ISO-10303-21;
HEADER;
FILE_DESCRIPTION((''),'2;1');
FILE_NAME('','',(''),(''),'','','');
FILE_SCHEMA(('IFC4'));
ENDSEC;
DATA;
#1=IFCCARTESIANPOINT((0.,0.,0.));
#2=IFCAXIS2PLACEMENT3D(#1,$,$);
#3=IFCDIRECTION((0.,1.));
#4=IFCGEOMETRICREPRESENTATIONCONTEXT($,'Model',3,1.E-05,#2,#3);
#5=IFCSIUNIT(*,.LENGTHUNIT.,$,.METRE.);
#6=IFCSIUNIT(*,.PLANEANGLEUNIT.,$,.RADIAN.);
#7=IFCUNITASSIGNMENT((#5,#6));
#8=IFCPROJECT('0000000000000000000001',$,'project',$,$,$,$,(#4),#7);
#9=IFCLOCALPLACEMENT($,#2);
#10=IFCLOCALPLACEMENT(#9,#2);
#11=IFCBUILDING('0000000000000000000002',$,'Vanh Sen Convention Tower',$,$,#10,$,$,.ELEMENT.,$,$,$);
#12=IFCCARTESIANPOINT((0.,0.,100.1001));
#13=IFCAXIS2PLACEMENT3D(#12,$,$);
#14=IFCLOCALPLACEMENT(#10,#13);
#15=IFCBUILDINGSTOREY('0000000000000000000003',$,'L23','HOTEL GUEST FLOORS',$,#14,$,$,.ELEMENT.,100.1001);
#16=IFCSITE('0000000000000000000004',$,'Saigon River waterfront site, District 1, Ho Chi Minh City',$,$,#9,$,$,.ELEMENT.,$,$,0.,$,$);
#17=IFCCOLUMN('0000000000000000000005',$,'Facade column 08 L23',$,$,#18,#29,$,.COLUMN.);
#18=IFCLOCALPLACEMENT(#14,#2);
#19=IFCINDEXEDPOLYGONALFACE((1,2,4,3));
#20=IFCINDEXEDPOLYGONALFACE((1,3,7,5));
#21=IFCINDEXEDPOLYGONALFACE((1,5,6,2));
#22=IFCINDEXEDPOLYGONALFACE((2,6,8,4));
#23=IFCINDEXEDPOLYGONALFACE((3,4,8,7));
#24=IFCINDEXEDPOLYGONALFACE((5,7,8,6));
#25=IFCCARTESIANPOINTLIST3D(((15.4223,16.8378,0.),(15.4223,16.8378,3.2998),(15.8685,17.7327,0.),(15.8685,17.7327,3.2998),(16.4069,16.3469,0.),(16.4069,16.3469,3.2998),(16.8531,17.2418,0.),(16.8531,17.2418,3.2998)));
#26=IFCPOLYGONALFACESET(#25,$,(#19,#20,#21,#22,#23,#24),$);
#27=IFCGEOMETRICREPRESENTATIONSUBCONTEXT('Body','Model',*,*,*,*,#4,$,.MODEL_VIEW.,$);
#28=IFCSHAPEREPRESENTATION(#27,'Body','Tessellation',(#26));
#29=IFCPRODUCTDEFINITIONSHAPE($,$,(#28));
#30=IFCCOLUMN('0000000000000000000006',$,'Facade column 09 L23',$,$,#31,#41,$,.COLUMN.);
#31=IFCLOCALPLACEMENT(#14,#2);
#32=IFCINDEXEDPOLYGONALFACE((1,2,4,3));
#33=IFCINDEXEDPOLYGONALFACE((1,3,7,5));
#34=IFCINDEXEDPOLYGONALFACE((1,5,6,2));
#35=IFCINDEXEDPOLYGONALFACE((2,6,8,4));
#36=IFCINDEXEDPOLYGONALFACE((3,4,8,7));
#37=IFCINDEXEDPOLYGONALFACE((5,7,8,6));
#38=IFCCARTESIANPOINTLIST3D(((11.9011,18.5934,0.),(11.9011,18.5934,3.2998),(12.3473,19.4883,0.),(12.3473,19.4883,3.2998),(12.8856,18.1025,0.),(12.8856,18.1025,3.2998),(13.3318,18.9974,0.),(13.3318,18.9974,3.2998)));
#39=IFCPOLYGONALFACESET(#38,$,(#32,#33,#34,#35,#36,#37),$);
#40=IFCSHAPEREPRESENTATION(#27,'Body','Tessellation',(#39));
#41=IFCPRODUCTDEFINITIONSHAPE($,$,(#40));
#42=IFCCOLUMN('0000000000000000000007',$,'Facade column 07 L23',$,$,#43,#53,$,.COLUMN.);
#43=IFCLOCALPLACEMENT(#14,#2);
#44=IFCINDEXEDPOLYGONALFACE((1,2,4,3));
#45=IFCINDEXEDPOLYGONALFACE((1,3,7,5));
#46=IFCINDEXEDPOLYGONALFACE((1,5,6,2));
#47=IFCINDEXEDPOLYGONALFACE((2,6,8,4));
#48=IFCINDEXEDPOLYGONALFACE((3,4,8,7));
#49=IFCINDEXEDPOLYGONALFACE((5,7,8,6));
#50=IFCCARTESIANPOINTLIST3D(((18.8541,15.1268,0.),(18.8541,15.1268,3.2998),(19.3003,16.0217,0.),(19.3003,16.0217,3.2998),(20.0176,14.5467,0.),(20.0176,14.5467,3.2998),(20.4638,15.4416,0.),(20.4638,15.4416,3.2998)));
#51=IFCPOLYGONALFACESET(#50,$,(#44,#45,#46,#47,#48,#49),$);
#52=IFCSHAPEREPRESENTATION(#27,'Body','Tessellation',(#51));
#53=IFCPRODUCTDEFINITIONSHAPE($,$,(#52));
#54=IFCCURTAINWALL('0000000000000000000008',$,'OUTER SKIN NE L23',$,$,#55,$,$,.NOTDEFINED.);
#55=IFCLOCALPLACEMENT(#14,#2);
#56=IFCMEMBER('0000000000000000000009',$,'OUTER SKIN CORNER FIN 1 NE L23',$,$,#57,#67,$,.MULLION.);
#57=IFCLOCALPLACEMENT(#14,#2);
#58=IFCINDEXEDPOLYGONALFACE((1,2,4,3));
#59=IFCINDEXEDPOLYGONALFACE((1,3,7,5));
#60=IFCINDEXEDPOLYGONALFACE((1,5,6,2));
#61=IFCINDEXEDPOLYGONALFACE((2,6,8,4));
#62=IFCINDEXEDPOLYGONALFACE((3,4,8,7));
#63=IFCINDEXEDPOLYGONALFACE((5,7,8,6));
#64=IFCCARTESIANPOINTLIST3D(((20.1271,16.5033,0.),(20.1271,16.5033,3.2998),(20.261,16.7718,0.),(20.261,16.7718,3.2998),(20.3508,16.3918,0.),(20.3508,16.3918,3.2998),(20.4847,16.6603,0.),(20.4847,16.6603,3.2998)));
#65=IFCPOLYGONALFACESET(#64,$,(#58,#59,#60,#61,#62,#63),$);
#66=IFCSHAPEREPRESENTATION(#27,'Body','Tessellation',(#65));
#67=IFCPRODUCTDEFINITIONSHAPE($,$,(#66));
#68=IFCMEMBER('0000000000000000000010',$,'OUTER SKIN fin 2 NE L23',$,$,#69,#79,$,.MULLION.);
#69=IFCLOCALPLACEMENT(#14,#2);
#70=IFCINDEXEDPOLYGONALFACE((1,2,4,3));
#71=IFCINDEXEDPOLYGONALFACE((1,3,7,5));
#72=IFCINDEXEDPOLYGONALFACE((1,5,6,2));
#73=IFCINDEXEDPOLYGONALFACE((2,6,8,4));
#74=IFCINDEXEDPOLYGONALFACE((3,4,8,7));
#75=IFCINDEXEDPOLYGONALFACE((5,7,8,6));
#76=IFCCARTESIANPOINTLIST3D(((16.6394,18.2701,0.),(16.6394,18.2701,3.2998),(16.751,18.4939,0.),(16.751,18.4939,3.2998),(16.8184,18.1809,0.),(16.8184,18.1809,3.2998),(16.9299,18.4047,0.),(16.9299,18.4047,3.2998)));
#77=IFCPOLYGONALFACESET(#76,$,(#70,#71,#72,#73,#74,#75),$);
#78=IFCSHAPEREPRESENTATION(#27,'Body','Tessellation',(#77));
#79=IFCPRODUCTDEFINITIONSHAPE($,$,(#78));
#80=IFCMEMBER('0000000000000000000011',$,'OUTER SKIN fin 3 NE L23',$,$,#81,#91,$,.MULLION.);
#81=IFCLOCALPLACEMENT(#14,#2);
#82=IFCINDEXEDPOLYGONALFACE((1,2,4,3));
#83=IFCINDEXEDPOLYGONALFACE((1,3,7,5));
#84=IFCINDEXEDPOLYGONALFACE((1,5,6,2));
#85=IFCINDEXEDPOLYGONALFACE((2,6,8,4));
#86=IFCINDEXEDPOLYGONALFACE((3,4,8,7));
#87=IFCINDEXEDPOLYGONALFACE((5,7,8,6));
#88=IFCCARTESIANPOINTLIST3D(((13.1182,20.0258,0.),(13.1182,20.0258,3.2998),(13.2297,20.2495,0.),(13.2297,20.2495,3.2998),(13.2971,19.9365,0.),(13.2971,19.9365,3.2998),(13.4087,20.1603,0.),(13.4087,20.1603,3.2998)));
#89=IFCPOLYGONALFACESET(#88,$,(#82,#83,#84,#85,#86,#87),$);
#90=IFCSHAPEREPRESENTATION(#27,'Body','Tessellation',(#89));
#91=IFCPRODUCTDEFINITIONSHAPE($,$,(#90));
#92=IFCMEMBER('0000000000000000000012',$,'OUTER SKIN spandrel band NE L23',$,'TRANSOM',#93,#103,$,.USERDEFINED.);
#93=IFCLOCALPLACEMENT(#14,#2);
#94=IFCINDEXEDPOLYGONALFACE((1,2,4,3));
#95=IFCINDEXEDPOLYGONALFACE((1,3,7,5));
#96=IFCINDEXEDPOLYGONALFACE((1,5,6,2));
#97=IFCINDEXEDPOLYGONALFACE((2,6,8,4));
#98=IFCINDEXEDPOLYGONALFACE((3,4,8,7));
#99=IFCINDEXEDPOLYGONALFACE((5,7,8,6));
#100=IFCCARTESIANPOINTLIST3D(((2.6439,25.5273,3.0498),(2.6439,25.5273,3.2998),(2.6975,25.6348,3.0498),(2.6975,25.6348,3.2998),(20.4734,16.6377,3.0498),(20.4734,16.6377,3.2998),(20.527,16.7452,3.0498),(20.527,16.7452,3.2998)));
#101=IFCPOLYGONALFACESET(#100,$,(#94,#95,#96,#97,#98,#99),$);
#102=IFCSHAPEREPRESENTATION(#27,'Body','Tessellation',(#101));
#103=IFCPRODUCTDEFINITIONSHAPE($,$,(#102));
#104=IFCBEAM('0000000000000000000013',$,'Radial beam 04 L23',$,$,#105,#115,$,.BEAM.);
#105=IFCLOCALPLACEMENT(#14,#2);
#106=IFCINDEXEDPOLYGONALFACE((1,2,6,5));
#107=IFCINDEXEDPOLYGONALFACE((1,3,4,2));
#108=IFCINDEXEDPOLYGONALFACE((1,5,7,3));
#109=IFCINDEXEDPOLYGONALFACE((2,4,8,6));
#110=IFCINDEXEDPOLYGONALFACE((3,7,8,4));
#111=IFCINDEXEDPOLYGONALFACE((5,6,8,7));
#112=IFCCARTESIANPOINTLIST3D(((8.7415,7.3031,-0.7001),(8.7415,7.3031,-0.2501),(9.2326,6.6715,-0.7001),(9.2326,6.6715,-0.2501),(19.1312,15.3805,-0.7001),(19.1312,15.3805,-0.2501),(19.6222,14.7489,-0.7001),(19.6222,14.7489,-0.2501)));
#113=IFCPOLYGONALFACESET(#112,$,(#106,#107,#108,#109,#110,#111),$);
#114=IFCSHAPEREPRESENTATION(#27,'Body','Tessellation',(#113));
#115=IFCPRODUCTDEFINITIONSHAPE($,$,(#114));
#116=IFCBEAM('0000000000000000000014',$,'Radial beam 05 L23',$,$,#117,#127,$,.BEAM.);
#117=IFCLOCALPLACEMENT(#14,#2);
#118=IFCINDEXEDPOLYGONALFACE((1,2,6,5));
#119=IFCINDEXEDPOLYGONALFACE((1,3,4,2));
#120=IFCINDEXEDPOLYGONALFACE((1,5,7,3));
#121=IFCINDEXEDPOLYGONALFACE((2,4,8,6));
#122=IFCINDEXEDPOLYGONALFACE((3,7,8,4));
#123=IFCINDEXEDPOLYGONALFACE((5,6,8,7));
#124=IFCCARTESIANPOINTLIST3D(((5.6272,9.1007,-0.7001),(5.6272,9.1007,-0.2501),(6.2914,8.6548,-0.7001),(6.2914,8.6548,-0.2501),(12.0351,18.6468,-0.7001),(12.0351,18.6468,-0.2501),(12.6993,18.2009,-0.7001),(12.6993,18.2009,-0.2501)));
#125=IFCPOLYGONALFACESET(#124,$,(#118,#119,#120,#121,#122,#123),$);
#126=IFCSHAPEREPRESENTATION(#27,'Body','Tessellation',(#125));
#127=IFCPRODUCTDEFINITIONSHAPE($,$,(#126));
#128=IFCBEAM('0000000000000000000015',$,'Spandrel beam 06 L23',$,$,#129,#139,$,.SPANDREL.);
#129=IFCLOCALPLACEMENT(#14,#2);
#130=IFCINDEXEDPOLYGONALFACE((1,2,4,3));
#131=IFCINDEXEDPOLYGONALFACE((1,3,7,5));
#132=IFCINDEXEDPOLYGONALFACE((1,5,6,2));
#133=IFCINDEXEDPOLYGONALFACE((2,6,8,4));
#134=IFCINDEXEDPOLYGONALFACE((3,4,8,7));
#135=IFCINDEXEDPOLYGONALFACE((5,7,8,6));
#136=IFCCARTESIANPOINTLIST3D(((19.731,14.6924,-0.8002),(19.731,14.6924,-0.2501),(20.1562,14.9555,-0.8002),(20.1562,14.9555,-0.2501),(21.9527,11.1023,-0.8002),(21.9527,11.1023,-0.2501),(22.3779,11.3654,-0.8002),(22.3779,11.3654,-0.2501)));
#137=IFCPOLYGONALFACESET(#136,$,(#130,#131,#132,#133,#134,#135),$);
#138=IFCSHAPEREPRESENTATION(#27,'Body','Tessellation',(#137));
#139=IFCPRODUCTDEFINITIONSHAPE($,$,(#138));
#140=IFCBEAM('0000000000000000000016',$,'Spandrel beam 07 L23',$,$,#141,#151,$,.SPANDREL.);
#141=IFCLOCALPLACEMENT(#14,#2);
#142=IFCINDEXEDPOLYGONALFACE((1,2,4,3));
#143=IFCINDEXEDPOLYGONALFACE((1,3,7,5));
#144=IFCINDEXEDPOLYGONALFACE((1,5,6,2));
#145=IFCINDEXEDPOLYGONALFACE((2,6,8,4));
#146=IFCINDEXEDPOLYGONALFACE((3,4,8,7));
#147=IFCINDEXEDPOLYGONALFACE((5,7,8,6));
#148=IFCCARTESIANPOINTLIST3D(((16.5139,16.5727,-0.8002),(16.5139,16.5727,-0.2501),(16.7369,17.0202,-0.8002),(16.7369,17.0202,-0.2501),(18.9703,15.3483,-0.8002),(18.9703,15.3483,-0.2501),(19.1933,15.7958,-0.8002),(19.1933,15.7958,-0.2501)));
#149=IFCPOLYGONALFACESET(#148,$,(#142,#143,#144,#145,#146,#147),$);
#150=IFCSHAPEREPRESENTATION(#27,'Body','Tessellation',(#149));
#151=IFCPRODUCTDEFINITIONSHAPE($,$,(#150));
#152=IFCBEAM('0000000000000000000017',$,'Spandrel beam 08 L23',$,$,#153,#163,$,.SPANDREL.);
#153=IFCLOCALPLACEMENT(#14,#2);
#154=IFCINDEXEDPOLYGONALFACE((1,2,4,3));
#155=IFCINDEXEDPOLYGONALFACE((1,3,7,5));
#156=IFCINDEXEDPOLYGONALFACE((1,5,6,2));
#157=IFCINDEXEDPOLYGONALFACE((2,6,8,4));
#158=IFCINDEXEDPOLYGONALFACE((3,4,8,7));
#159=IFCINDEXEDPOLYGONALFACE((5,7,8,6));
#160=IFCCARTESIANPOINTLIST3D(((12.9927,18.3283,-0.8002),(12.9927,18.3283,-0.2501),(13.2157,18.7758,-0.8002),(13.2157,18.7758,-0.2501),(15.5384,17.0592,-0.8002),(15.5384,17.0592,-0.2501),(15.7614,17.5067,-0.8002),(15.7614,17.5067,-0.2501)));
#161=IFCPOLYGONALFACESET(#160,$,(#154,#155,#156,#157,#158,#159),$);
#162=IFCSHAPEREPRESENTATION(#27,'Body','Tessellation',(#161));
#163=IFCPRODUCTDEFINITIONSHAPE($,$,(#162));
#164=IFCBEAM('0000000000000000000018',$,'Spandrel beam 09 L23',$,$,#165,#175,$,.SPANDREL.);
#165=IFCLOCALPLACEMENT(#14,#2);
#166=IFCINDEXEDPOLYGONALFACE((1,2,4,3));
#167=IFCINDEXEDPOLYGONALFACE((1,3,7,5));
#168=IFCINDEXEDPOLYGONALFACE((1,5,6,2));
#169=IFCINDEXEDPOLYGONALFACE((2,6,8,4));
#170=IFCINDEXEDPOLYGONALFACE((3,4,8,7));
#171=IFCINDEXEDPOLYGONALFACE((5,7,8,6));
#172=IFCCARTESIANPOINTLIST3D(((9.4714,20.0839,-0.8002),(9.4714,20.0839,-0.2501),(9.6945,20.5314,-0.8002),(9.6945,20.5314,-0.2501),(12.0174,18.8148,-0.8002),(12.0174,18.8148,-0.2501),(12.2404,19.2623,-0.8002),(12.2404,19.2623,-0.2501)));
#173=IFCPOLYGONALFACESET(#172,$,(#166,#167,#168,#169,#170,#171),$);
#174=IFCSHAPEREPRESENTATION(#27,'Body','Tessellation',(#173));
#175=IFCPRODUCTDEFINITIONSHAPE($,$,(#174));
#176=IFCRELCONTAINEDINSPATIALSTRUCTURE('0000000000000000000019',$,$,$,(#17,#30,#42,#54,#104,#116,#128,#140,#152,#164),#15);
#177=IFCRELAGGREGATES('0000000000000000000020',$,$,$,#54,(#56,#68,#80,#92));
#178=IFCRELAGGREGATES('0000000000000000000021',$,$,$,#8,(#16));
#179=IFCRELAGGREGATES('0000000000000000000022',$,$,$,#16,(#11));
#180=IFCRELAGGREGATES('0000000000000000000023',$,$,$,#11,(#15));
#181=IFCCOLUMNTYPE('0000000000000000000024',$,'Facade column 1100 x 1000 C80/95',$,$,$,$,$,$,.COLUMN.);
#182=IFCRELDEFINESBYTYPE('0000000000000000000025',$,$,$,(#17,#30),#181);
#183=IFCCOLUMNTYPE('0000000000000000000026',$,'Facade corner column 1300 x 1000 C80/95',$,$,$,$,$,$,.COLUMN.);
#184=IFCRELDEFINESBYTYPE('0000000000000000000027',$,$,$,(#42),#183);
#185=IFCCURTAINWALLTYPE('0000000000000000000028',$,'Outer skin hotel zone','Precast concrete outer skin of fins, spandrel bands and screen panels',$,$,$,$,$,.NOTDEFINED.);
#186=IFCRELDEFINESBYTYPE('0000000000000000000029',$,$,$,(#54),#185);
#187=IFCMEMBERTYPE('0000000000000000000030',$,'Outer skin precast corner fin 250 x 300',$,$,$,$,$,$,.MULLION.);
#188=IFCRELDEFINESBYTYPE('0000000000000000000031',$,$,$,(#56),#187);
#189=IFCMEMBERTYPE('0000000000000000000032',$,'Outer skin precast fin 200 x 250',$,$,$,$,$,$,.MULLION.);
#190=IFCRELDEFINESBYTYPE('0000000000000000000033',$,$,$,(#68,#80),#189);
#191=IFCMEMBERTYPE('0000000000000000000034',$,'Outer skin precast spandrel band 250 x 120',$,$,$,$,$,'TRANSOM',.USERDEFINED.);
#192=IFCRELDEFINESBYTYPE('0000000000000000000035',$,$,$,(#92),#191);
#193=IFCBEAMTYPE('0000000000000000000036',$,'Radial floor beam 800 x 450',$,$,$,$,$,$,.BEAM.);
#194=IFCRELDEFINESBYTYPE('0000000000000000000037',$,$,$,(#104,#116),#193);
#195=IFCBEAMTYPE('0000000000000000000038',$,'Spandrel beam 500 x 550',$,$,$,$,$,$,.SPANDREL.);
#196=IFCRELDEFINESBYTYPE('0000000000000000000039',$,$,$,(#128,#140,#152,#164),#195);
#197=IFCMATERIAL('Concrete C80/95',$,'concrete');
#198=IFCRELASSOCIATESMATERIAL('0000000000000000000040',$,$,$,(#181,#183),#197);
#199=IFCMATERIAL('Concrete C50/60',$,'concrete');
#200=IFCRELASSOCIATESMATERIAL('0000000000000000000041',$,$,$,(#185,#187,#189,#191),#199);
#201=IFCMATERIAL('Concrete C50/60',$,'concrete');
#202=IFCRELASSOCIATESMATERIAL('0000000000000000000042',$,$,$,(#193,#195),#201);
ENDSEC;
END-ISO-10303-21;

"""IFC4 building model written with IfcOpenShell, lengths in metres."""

from ifc_helpers import new_model, si_unit, direction, frame, origin, origin_2d, place, context, subcontext, project, spatial, rectangle, extrude, material, material_profile, profile_set, type_object, element, aggregate, save


model = new_model("IFC4")

# Units and contexts
model_context = context("Model", 3, precision=1e-05, world=origin(), true_north=direction((0.0, 1.0)))
body_context = subcontext(model_context, "Body", "Model", "MODEL_VIEW")
ifc_project = project(units=[si_unit("LENGTHUNIT", "METRE"), si_unit("PLANEANGLEUNIT", "RADIAN")], contexts=[model_context])

# Site, building, storey
site_placement = place(None, origin())
site = spatial("IfcSite", under=ifc_project, at=site_placement, Name="Saigon River waterfront site, District 1, Ho Chi Minh City", CompositionType="ELEMENT", RefElevation=0.0)
building_placement = place(site_placement, origin())
building = spatial("IfcBuilding", under=site, at=building_placement, Name="Vanh Sen Convention Tower", CompositionType="ELEMENT")
storey_placement = place(building_placement, frame((0.0, 0.0, 100.1001)))
storey = spatial("IfcBuildingStorey", under=building, at=storey_placement, Name="L23", Description="HOTEL GUEST FLOORS", CompositionType="ELEMENT", Elevation=100.1001)

# Columns
ifc_material_1 = material(Name="Concrete C80/95", Category="concrete")
ifc_material_profile_1 = material_profile(ifc_material_1, rectangle(XDim=1.1001, YDim=1.0, at=origin_2d()), Name="RC 1100X1000")
ifc_profile_set_1 = profile_set([ifc_material_profile_1], Name="Concrete C80/95")
column_type_1 = type_object("IfcColumnType", Name="Facade column 1100 x 1000 C80/95", PredefinedType="COLUMN", material=ifc_profile_set_1)
for number, where, z_axis, x_axis, name in (
    (1, (16.1377, 17.0398, 0.0), (0.0, 0.0, 1.0), (-0.894934, 0.446198, 0.0), "Facade column 08 L23"),
    (2, (12.6165, 18.7954, 0.0), (0.0, 0.0, 1.0), (-0.894934, 0.446198, 0.0), "Facade column 09 L23"),
):
    element("IfcColumn", number, at=place(storey_placement, frame(where, z_axis=z_axis, x_axis=x_axis)), inside=storey, type_object=column_type_1, Name=name, PredefinedType="COLUMN", context=body_context, shape_type="SweptSolid", body=[
        extrude(rectangle(XDim=1.1001, YDim=1.0, at=origin_2d()), origin(), (0.0, 0.0, 1.0), 3.2998),
    ])
ifc_material_profile_2 = material_profile(ifc_material_1, rectangle(XDim=1.3, YDim=1.0, at=origin_2d()), Name="RC 1300X1000")
ifc_profile_set_2 = profile_set([ifc_material_profile_2], Name="Concrete C80/95")
column_type_2 = type_object("IfcColumnType", Name="Facade corner column 1300 x 1000 C80/95", PredefinedType="COLUMN", material=ifc_profile_set_2)
column_placement = place(storey_placement, frame((19.6589, 15.2842, 0.0), z_axis=(0.0, 0.0, 1.0), x_axis=(-0.894934, 0.446198, 0.0)))
element("IfcColumn", 3, at=column_placement, inside=storey, type_object=column_type_2, Name="Facade column 07 L23", PredefinedType="COLUMN", context=body_context, shape_type="SweptSolid", body=[
    extrude(rectangle(XDim=1.3, YDim=1.0, at=origin_2d()), origin(), (0.0, 0.0, 1.0), 3.2998),
])

# Curtain wall, members
ifc_material_2 = material(Name="Concrete C50/60", Category="concrete")
curtain_wall_type = type_object("IfcCurtainWallType", Name="Outer skin hotel zone", Description="Precast concrete outer skin of fins, spandrel bands and screen panels", PredefinedType="NOTDEFINED", material=ifc_material_2)
curtain_wall_1_placement = place(storey_placement, origin())
curtain_wall_1 = element("IfcCurtainWall", 4, at=curtain_wall_1_placement, inside=storey, type_object=curtain_wall_type, Name="OUTER SKIN NE L23", PredefinedType="NOTDEFINED")
ifc_material_profile_3 = material_profile(ifc_material_2, rectangle(XDim=0.25, YDim=0.3, at=origin_2d()), Name="Outer skin precast corner fin 250 x 300")
ifc_profile_set_3 = profile_set([ifc_material_profile_3], Name="Concrete C50/60")
member_type_1 = type_object("IfcMemberType", Name="Outer skin precast corner fin 250 x 300", PredefinedType="MULLION", material=ifc_profile_set_3)
member_1_placement = place(storey_placement, frame((20.3059, 16.5818, 0.0), z_axis=(0.0, 0.0, 1.0), x_axis=(-0.894934, 0.446198, 0.0)))
member_1 = element("IfcMember", 5, at=member_1_placement, type_object=member_type_1, Name="OUTER SKIN CORNER FIN 1 NE L23", PredefinedType="MULLION", context=body_context, shape_type="SweptSolid", body=[
    extrude(rectangle(XDim=0.25, YDim=0.3, at=origin_2d()), origin(), (0.0, 0.0, 1.0), 3.2998),
])
ifc_material_profile_4 = material_profile(ifc_material_2, rectangle(XDim=0.2, YDim=0.25, at=origin_2d()), Name="Outer skin precast fin 200 x 250")
ifc_profile_set_4 = profile_set([ifc_material_profile_4], Name="Concrete C50/60")
member_type_2 = type_object("IfcMemberType", Name="Outer skin precast fin 200 x 250", PredefinedType="MULLION", material=ifc_profile_set_4)
member_2_placement = place(storey_placement, frame((16.7847, 18.3374, 0.0), z_axis=(0.0, 0.0, 1.0), x_axis=(-0.894934, 0.446198, 0.0)))
member_2 = element("IfcMember", 6, at=member_2_placement, type_object=member_type_2, Name="OUTER SKIN fin 2 NE L23", PredefinedType="MULLION", context=body_context, shape_type="SweptSolid", body=[
    extrude(rectangle(XDim=0.2, YDim=0.25, at=origin_2d()), origin(), (0.0, 0.0, 1.0), 3.2998),
])
member_3_placement = place(storey_placement, frame((13.2634, 20.093, 0.0), z_axis=(0.0, 0.0, 1.0), x_axis=(-0.894934, 0.446198, 0.0)))
member_3 = element("IfcMember", 7, at=member_3_placement, type_object=member_type_2, Name="OUTER SKIN fin 3 NE L23", PredefinedType="MULLION", context=body_context, shape_type="SweptSolid", body=[
    extrude(rectangle(XDim=0.2, YDim=0.25, at=origin_2d()), origin(), (0.0, 0.0, 1.0), 3.2998),
])
ifc_material_profile_5 = material_profile(ifc_material_2, rectangle(XDim=0.1201, YDim=0.25, at=origin_2d()), Name="Outer skin precast spandrel band 250 x 120")
ifc_profile_set_5 = profile_set([ifc_material_profile_5], Name="Concrete C50/60")
member_type_3 = type_object("IfcMemberType", Name="Outer skin precast spandrel band 250 x 120", ElementType="TRANSOM", PredefinedType="USERDEFINED", material=ifc_profile_set_5)
member_4_placement = place(storey_placement, frame((20.5002, 16.6914, 3.1748), z_axis=(-0.894931, 0.446204, 0.0), x_axis=(-0.446204, -0.894931, 0.0)))
member_4 = element("IfcMember", 8, at=member_4_placement, type_object=member_type_3, Name="OUTER SKIN spandrel band NE L23", ObjectType="TRANSOM", PredefinedType="USERDEFINED", context=body_context, shape_type="SweptSolid", body=[
    extrude(rectangle(XDim=0.1201, YDim=0.25, at=origin_2d()), origin(), (0.0, 0.0, 1.0), 19.9229),
])

# Beams
ifc_material_3 = material(Name="Concrete C50/60", Category="concrete")
ifc_material_profile_6 = material_profile(ifc_material_3, rectangle(XDim=0.8, YDim=0.45, at=origin_2d()), Name="RC 800X450")
ifc_profile_set_6 = profile_set([ifc_material_profile_6], Name="Concrete C50/60")
beam_type_1 = type_object("IfcBeamType", Name="Radial floor beam 800 x 450", PredefinedType="BEAM", material=ifc_profile_set_6)
beam_1_placement = place(storey_placement, frame((19.3767, 15.0647, -0.4751), z_axis=(-0.789479, -0.613777, 0.0), x_axis=(0.613777, -0.789479, 0.0)))
element("IfcBeam", 9, at=beam_1_placement, inside=storey, type_object=beam_type_1, Name="Radial beam 04 L23", PredefinedType="BEAM", context=body_context, shape_type="SweptSolid", body=[
    extrude(rectangle(XDim=0.8, YDim=0.45, at=origin_2d()), origin(), (0.0, 0.0, 1.0), 13.1602),
])
beam_2_placement = place(storey_placement, frame((12.3672, 18.4238, -0.4751), z_axis=(-0.557339, -0.830285, 0.0), x_axis=(0.830285, -0.557339, 0.0)))
element("IfcBeam", 10, at=beam_2_placement, inside=storey, type_object=beam_type_1, Name="Radial beam 05 L23", PredefinedType="BEAM", context=body_context, shape_type="SweptSolid", body=[
    extrude(rectangle(XDim=0.8, YDim=0.45, at=origin_2d()), origin(), (0.0, 0.0, 1.0), 11.4973),
])
ifc_material_profile_7 = material_profile(ifc_material_3, rectangle(XDim=0.5, YDim=0.55, at=origin_2d()), Name="RC 500X550")
ifc_profile_set_7 = profile_set([ifc_material_profile_7], Name="Concrete C50/60")
beam_type_2 = type_object("IfcBeamType", Name="Spandrel beam 500 x 550", PredefinedType="SPANDREL", material=ifc_profile_set_7)
beam_3_placement = place(storey_placement, frame((22.1653, 11.2339, -0.5251), z_axis=(-0.526225, 0.850345, 0.0), x_axis=(-0.850345, -0.526225, 0.0)))
element("IfcBeam", 11, at=beam_3_placement, inside=storey, type_object=beam_type_2, Name="Spandrel beam 06 L23", PredefinedType="SPANDREL", context=body_context, shape_type="SweptSolid", body=[
    extrude(rectangle(XDim=0.5, YDim=0.55, at=origin_2d()), origin(), (0.0, 0.0, 1.0), 4.2219),
])
beam_4_placement = place(storey_placement, frame((19.0818, 15.572, -0.5251), z_axis=(-0.894978, 0.44611, 0.0), x_axis=(-0.44611, -0.894978, 0.0)))
element("IfcBeam", 12, at=beam_4_placement, inside=storey, type_object=beam_type_2, Name="Spandrel beam 07 L23", PredefinedType="SPANDREL", context=body_context, shape_type="SweptSolid", body=[
    extrude(rectangle(XDim=0.5, YDim=0.55, at=origin_2d()), origin(), (0.0, 0.0, 1.0), 2.7446),
])
beam_5_placement = place(storey_placement, frame((15.6499, 17.283, -0.5251), z_axis=(-0.894959, 0.446149, 0.0), x_axis=(-0.446149, -0.894959, 0.0)))
element("IfcBeam", 13, at=beam_5_placement, inside=storey, type_object=beam_type_2, Name="Spandrel beam 08 L23", PredefinedType="SPANDREL", context=body_context, shape_type="SweptSolid", body=[
    extrude(rectangle(XDim=0.5, YDim=0.55, at=origin_2d()), origin(), (0.0, 0.0, 1.0), 2.8445),
])
beam_6_placement = place(storey_placement, frame((12.1289, 19.0386, -0.5251), z_axis=(-0.894976, 0.446115, 0.0), x_axis=(-0.446115, -0.894976, 0.0)))
element("IfcBeam", 14, at=beam_6_placement, inside=storey, type_object=beam_type_2, Name="Spandrel beam 09 L23", PredefinedType="SPANDREL", context=body_context, shape_type="SweptSolid", body=[
    extrude(rectangle(XDim=0.5, YDim=0.55, at=origin_2d()), origin(), (0.0, 0.0, 1.0), 2.8447),
])

aggregate(curtain_wall_1, [member_1, member_2, member_3, member_4])

save(model, "model.ifc")
